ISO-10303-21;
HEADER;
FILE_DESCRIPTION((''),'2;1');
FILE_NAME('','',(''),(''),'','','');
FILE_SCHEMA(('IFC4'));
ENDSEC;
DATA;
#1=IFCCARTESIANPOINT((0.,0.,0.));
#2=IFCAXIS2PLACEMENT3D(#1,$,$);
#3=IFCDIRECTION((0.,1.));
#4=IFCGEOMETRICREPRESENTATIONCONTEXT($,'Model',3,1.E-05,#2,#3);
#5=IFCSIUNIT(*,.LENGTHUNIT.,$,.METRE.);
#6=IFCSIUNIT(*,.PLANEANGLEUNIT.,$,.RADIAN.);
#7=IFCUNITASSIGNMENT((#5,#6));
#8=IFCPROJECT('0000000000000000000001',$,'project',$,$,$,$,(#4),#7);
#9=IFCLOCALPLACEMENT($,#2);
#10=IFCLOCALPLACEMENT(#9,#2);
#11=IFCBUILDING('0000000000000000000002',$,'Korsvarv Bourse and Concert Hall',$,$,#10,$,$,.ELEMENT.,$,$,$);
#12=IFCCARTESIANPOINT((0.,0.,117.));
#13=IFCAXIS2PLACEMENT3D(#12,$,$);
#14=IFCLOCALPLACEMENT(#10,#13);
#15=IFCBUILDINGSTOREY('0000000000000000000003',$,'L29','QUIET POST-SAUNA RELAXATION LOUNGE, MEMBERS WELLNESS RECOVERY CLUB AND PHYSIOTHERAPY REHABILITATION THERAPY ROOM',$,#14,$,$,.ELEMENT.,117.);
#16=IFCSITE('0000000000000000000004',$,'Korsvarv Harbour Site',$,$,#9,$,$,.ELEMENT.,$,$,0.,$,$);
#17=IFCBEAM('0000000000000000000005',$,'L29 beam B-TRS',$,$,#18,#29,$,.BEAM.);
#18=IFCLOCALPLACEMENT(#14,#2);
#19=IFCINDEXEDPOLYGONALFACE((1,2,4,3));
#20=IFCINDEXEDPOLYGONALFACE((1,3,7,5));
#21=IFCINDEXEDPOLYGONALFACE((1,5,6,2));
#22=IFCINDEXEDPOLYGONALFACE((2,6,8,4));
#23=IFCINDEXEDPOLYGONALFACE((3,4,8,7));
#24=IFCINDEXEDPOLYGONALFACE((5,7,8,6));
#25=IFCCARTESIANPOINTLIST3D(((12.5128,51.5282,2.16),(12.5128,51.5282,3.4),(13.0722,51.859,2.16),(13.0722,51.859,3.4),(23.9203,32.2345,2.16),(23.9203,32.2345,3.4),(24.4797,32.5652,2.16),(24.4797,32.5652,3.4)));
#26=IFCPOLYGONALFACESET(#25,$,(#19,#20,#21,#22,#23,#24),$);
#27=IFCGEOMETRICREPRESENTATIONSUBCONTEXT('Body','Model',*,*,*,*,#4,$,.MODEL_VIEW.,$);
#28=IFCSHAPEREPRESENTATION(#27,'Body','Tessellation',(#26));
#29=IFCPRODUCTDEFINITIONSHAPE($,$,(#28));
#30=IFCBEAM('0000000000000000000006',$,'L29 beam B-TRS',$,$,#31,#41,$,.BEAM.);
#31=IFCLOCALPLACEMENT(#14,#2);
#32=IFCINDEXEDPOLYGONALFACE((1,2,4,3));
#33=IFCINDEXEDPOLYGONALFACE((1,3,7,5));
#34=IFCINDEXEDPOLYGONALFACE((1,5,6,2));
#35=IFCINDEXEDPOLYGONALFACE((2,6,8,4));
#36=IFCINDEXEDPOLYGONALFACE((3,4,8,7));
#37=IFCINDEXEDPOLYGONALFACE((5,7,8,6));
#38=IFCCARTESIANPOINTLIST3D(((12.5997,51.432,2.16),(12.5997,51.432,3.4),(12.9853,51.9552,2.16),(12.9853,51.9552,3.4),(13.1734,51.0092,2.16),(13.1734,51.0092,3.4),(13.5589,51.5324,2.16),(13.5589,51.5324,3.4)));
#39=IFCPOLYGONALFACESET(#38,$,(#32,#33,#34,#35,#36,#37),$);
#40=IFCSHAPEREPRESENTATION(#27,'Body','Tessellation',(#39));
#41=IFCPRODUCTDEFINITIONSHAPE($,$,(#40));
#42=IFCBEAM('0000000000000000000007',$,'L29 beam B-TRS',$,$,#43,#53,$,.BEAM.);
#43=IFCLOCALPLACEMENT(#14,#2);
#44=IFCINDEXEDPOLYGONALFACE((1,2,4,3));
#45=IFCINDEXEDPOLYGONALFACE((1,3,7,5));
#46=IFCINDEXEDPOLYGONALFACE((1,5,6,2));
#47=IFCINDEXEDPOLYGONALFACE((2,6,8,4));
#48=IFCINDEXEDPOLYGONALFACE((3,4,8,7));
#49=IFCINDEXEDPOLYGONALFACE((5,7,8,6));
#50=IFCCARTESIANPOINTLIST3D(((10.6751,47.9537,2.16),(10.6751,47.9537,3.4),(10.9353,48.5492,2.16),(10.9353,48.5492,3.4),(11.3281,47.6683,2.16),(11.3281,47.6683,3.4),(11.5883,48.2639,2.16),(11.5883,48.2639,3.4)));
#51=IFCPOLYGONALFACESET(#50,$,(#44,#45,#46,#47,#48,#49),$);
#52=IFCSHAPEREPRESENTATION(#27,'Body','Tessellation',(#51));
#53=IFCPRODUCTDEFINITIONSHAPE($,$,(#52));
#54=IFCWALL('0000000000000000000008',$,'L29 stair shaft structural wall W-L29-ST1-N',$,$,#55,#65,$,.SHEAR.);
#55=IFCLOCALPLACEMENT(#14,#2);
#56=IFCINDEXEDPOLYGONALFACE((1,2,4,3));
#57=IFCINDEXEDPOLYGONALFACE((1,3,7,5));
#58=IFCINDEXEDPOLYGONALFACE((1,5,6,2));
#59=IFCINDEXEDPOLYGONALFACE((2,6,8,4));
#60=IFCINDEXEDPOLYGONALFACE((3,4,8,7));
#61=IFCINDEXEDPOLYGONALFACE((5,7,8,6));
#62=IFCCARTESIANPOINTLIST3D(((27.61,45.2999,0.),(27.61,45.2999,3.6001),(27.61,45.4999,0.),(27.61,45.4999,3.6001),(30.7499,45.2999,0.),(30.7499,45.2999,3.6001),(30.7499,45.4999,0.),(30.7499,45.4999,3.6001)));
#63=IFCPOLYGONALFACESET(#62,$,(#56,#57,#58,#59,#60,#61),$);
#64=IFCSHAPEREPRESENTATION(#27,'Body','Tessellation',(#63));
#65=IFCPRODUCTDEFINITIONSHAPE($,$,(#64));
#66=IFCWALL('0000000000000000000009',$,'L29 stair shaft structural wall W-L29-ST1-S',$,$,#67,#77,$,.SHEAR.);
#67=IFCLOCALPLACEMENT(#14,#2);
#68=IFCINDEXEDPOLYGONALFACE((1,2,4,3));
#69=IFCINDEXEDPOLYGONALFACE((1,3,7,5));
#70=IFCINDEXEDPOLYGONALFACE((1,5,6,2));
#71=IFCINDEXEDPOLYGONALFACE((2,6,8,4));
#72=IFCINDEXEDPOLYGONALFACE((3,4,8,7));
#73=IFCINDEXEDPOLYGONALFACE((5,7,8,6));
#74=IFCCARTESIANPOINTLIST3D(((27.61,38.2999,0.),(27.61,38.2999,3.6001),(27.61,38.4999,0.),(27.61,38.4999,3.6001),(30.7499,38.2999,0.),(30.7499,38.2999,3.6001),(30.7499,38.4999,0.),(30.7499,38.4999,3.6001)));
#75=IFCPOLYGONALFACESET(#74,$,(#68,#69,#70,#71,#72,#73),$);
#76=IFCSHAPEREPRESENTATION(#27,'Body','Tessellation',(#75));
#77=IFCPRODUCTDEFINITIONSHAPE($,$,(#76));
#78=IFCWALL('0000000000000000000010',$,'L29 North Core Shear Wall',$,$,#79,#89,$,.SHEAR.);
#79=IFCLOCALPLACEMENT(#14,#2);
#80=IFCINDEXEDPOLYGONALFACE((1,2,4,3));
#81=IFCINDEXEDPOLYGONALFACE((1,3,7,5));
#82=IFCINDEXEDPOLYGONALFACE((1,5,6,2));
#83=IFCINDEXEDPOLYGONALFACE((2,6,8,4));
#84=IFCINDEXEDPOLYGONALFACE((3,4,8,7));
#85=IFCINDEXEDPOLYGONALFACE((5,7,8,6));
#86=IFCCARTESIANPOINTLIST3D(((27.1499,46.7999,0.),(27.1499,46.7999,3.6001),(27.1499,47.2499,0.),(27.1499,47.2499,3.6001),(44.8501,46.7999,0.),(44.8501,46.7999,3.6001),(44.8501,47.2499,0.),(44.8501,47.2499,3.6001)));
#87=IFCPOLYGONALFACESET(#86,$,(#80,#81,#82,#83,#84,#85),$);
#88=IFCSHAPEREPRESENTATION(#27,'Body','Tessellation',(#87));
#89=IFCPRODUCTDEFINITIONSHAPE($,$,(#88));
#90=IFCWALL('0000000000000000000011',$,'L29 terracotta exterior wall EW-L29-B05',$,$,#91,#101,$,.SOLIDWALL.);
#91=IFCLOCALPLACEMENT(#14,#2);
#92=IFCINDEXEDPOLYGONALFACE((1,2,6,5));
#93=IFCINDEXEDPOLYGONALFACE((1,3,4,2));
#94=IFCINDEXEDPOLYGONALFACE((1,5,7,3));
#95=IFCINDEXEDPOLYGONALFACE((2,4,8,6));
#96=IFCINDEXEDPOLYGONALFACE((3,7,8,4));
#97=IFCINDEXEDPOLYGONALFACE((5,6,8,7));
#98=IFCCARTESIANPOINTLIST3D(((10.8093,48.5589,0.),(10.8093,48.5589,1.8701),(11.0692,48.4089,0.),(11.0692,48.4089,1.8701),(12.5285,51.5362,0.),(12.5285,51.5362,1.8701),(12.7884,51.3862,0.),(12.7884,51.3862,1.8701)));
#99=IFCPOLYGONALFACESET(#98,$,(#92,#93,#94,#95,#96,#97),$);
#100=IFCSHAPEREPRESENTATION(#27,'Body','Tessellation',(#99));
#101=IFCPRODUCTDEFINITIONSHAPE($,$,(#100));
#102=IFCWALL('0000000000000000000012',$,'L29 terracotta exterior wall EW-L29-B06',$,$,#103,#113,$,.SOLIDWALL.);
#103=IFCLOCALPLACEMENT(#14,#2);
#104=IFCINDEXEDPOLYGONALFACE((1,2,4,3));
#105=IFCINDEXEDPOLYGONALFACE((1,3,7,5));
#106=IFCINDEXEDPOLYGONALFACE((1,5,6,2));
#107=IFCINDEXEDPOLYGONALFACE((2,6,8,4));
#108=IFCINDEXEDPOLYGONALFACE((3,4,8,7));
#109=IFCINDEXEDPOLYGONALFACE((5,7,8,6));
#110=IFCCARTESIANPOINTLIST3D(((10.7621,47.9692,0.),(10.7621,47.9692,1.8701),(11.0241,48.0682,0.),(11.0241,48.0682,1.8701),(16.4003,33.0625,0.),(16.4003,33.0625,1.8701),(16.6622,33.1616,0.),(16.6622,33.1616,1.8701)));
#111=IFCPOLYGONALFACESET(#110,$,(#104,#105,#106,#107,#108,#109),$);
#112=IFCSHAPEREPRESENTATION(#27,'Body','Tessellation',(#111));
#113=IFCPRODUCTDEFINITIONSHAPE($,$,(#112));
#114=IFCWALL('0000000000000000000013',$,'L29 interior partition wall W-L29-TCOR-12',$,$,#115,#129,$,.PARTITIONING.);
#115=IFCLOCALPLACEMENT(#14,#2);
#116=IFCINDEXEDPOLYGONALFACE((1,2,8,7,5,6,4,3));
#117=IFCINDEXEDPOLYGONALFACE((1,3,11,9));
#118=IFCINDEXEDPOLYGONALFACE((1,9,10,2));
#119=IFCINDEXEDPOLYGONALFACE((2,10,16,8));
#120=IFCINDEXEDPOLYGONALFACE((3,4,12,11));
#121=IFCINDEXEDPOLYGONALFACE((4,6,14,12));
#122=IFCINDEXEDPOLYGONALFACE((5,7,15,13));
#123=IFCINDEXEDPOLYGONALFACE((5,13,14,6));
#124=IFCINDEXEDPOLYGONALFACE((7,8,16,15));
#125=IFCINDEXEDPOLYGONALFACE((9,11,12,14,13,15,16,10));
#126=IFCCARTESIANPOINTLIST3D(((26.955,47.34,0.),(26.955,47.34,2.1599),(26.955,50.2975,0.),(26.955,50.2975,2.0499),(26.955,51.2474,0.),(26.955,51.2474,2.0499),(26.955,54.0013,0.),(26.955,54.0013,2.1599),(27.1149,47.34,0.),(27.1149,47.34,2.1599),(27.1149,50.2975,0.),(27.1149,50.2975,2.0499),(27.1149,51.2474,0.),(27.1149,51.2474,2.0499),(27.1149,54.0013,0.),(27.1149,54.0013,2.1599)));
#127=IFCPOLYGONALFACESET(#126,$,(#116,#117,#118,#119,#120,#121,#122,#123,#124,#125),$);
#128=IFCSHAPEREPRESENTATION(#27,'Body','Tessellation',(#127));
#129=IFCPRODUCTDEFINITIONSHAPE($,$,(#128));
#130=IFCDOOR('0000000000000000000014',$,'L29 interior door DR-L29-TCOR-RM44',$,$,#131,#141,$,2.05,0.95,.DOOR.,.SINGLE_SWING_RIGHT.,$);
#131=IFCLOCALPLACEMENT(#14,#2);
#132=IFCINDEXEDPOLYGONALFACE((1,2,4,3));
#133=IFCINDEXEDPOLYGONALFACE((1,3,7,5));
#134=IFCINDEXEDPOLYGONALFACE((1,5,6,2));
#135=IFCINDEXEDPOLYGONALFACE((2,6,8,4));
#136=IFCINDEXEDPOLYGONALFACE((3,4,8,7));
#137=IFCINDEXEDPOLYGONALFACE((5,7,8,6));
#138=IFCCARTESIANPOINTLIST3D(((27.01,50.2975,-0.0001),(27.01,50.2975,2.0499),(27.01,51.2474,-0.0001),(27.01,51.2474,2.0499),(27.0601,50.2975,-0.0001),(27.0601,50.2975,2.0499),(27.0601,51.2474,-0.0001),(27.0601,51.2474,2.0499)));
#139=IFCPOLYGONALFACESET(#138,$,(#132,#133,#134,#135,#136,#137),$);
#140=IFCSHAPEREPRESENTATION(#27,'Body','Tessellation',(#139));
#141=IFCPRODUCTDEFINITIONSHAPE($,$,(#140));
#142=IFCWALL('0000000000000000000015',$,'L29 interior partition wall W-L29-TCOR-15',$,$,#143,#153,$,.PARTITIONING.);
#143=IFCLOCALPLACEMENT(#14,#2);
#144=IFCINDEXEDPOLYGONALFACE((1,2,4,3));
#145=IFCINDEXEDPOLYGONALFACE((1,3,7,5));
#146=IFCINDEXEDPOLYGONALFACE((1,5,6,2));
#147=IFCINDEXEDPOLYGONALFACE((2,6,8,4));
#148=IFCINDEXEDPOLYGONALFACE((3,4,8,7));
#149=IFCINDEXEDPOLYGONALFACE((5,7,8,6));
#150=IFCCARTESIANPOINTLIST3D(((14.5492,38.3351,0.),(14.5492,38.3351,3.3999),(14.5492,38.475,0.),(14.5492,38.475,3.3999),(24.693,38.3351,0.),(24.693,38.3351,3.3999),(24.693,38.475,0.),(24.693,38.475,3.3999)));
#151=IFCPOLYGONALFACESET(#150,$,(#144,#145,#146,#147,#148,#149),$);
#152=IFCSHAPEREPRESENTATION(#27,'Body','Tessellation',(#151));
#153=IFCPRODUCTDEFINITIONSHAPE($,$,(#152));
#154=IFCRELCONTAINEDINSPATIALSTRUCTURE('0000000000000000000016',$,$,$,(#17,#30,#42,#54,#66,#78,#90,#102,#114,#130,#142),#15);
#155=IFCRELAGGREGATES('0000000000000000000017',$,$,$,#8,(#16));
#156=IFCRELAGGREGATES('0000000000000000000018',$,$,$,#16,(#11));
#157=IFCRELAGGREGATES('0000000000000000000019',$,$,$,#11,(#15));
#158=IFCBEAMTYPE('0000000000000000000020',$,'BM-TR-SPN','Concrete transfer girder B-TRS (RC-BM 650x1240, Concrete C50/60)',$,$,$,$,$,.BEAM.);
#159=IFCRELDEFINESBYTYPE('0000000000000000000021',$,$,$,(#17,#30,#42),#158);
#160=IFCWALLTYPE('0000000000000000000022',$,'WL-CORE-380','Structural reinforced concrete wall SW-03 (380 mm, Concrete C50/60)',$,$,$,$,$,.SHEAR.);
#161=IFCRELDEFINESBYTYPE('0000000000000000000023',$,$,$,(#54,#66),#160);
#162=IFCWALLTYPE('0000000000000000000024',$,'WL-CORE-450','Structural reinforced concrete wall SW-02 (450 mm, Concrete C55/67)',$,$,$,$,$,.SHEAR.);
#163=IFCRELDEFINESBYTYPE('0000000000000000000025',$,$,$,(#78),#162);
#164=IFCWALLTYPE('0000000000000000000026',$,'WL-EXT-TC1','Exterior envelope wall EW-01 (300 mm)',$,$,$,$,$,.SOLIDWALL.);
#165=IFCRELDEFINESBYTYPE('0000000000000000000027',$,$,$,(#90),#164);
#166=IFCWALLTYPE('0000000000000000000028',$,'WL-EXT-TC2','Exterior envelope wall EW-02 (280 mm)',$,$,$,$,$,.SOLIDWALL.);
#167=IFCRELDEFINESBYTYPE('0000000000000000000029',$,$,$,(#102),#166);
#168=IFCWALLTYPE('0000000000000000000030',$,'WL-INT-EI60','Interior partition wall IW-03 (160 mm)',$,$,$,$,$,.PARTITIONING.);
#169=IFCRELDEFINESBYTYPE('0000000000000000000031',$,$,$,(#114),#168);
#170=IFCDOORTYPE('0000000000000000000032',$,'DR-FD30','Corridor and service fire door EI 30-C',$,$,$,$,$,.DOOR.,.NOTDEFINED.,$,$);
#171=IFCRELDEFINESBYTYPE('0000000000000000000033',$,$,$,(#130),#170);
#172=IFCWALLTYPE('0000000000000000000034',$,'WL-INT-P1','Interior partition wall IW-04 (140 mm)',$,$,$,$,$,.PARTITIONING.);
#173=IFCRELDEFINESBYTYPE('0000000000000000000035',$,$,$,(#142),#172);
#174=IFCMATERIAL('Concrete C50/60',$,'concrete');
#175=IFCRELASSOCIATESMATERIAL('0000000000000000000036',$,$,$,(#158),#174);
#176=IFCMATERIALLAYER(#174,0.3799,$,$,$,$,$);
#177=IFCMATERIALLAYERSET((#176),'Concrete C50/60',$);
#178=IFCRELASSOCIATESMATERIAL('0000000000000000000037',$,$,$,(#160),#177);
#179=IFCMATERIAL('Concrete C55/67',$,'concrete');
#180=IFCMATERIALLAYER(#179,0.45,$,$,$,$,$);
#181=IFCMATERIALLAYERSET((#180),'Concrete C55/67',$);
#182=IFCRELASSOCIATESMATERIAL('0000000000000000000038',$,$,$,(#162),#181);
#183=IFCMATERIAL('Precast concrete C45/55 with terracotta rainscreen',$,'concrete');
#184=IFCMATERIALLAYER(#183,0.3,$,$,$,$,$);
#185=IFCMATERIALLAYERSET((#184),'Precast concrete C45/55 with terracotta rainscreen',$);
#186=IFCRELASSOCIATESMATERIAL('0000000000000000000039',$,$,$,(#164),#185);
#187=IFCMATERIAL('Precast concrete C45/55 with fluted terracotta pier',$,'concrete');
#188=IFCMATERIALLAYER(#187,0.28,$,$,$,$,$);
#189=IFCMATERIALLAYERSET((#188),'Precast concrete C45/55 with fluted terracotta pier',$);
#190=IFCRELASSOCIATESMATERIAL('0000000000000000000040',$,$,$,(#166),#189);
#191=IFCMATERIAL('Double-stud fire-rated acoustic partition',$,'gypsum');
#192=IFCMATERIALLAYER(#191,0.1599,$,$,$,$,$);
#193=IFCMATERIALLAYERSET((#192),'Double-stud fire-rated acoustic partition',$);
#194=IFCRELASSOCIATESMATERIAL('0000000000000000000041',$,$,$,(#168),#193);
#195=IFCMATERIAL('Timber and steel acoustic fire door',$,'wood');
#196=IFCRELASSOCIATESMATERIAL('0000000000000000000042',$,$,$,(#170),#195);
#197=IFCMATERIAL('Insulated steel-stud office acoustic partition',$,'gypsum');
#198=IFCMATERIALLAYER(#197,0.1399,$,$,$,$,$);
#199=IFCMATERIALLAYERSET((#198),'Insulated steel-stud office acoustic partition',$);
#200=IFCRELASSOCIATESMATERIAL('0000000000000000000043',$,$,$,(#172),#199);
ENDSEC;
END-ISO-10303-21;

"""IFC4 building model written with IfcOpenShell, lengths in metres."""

from ifc_helpers import new_model, si_unit, direction, frame, frame_2d, origin, origin_2d, place, context, subcontext, project, spatial, rectangle, extrude, source, transform, mapped, material, layer, layer_set, material_profile, profile_set, type_object, element, fill, save


model = new_model("IFC4")

# Units and contexts
model_context = context("Model", 3, precision=1e-05, world=origin(), true_north=direction((0.0, 1.0)))
body_context = subcontext(model_context, "Body", "Model", "MODEL_VIEW")
ifc_project = project(units=[si_unit("LENGTHUNIT", "METRE"), si_unit("PLANEANGLEUNIT", "RADIAN")], contexts=[model_context])

# Site, building, storey
site_placement = place(None, origin())
site = spatial("IfcSite", under=ifc_project, at=site_placement, Name="Korsvarv Harbour Site", CompositionType="ELEMENT", RefElevation=0.0)
building_placement = place(site_placement, origin())
building = spatial("IfcBuilding", under=site, at=building_placement, Name="Korsvarv Bourse and Concert Hall", CompositionType="ELEMENT")
storey_placement = place(building_placement, frame((0.0, 0.0, 117.0)))
storey = spatial("IfcBuildingStorey", under=building, at=storey_placement, Name="L29", Description="QUIET POST-SAUNA RELAXATION LOUNGE, MEMBERS WELLNESS RECOVERY CLUB AND PHYSIOTHERAPY REHABILITATION THERAPY ROOM", CompositionType="ELEMENT", Elevation=117.0)

# Beams
ifc_material_1 = material(Name="Concrete C50/60", Category="concrete")
ifc_material_profile_1 = material_profile(ifc_material_1, rectangle(XDim=0.6499, YDim=1.24, at=origin_2d()), Name="RC-BM 650x1240")
ifc_profile_set_1 = profile_set([ifc_material_profile_1], Name="Concrete C50/60")
beam_type_1 = type_object("IfcBeamType", Name="BM-TR-SPN", Description="Concrete transfer girder B-TRS (RC-BM 650x1240, Concrete C50/60)", PredefinedType="BEAM", material=ifc_profile_set_1)
shared_shape_1 = source(origin(), body_context, "Body", "SweptSolid", [
    extrude(rectangle(XDim=0.6499, YDim=1.24, at=origin_2d()), origin(), (0.0, 0.0, 1.0), 22.4138),
])
beam_1_placement = place(storey_placement, frame((12.7925, 51.6936, 2.78), z_axis=(0.508949, -0.860797, 0.0), x_axis=(0.860797, 0.508949, 0.0)))
element("IfcBeam", 1, at=beam_1_placement, inside=storey, type_object=beam_type_1, Name="L29 beam B-TRS", PredefinedType="BEAM", context=body_context, shape_type="MappedRepresentation", body=[
    mapped(shared_shape_1, transform((0.0, 0.0, 0.0), scale=1.0)),
])
shared_shape_2 = source(origin(), body_context, "Body", "SweptSolid", [
    extrude(rectangle(XDim=0.6499, YDim=1.24, at=origin_2d()), origin(), (0.0, 0.0, 1.0), 0.7126),
])
for number, where, z_axis, x_axis, name in (
    (2, (12.7925, 51.6936, 2.78), (0.804987, -0.593293, 0.0), (0.593293, 0.804987, 0.0), "L29 beam B-TRS"),
    (3, (10.8052, 48.2515, 2.78), (0.916322, -0.400441, 0.0), (0.400441, 0.916322, 0.0), "L29 beam B-TRS"),
):
    element("IfcBeam", number, at=place(storey_placement, frame(where, z_axis=z_axis, x_axis=x_axis)), inside=storey, type_object=beam_type_1, Name=name, PredefinedType="BEAM", context=body_context, shape_type="MappedRepresentation", body=[
        mapped(shared_shape_2, transform((0.0, 0.0, 0.0), scale=1.0)),
    ])

# Walls
ifc_layer_1 = layer(ifc_material_1, 0.3799)
ifc_layer_set_1 = layer_set([ifc_layer_1], Name="Concrete C50/60")
wall_type_1 = type_object("IfcWallType", Name="WL-CORE-380", Description="Structural reinforced concrete wall SW-03 (380 mm, Concrete C50/60)", PredefinedType="SHEAR", material=ifc_layer_set_1)
for number, where, z_axis, x_axis, name in (
    (4, (27.6101, 45.3999, 0.0), (0.0, 0.0, 1.0), (1.0, 0.0, 0.0), "L29 stair shaft structural wall W-L29-ST1-N"),
    (5, (27.6101, 38.3999, 0.0), (0.0, 0.0, 1.0), (1.0, 0.0, 0.0), "L29 stair shaft structural wall W-L29-ST1-S"),
):
    element("IfcWall", number, at=place(storey_placement, frame(where, z_axis=z_axis, x_axis=x_axis)), inside=storey, type_object=wall_type_1, Name=name, PredefinedType="SHEAR", context=body_context, shape_type="SweptSolid", body=[
        extrude(rectangle(XDim=3.1399, YDim=0.2, at=frame_2d((1.5698, 0.0))), origin(), (0.0, 0.0, 1.0), 3.6001),
    ])
ifc_material_2 = material(Name="Concrete C55/67", Category="concrete")
ifc_layer_2 = layer(ifc_material_2, 0.45)
ifc_layer_set_2 = layer_set([ifc_layer_2], Name="Concrete C55/67")
wall_type_2 = type_object("IfcWallType", Name="WL-CORE-450", Description="Structural reinforced concrete wall SW-02 (450 mm, Concrete C55/67)", PredefinedType="SHEAR", material=ifc_layer_set_2)
wall_1_placement = place(storey_placement, frame((27.1499, 47.0249, 0.0), z_axis=(0.0, 0.0, 1.0), x_axis=(1.0, 0.0, 0.0)))
element("IfcWall", 6, at=wall_1_placement, inside=storey, type_object=wall_type_2, Name="L29 North Core Shear Wall", PredefinedType="SHEAR", context=body_context, shape_type="SweptSolid", body=[
    extrude(rectangle(XDim=17.7002, YDim=0.45, at=frame_2d((8.8501, 0.0))), origin(), (0.0, 0.0, 1.0), 3.6001),
])
ifc_material_3 = material(Name="Precast concrete C45/55 with terracotta rainscreen", Category="concrete")
ifc_layer_3 = layer(ifc_material_3, 0.3)
ifc_layer_set_3 = layer_set([ifc_layer_3], Name="Precast concrete C45/55 with terracotta rainscreen")
wall_type_3 = type_object("IfcWallType", Name="WL-EXT-TC1", Description="Exterior envelope wall EW-01 (300 mm)", PredefinedType="SOLIDWALL", material=ifc_layer_set_3)
wall_2_placement = place(storey_placement, frame((12.6584, 51.4612, 0.0), z_axis=(0.0, 0.0, 1.0), x_axis=(-0.500065, -0.865988, 0.0)))
element("IfcWall", 7, at=wall_2_placement, inside=storey, type_object=wall_type_3, Name="L29 terracotta exterior wall EW-L29-B05", PredefinedType="SOLIDWALL", context=body_context, shape_type="SweptSolid", body=[
    extrude(rectangle(XDim=3.438, YDim=0.3, at=frame_2d((1.719, 0.0))), origin(), (0.0, 0.0, 1.0), 1.8701),
])
ifc_material_4 = material(Name="Precast concrete C45/55 with fluted terracotta pier", Category="concrete")
ifc_layer_4 = layer(ifc_material_4, 0.28)
ifc_layer_set_4 = layer_set([ifc_layer_4], Name="Precast concrete C45/55 with fluted terracotta pier")
wall_type_4 = type_object("IfcWallType", Name="WL-EXT-TC2", Description="Exterior envelope wall EW-02 (280 mm)", PredefinedType="SOLIDWALL", material=ifc_layer_set_4)
wall_3_placement = place(storey_placement, frame((10.8931, 48.0188, 0.0), z_axis=(0.0, 0.0, 1.0), x_axis=(0.353771, -0.935332, 0.0)))
element("IfcWall", 8, at=wall_3_placement, inside=storey, type_object=wall_type_4, Name="L29 terracotta exterior wall EW-L29-B06", PredefinedType="SOLIDWALL", context=body_context, shape_type="SweptSolid", body=[
    extrude(rectangle(XDim=15.9373, YDim=0.28, at=frame_2d((7.9688, 0.0))), origin(), (0.0, 0.0, 1.0), 1.8701),
])

# Wall, opening, door
ifc_material_5 = material(Name="Double-stud fire-rated acoustic partition", Category="gypsum")
ifc_layer_5 = layer(ifc_material_5, 0.1599)
ifc_layer_set_5 = layer_set([ifc_layer_5], Name="Double-stud fire-rated acoustic partition")
wall_type_5 = type_object("IfcWallType", Name="WL-INT-EI60", Description="Interior partition wall IW-03 (160 mm)", PredefinedType="PARTITIONING", material=ifc_layer_set_5)
wall_4_placement = place(storey_placement, frame((27.0349, 47.3401, 0.0), z_axis=(0.0, 0.0, 1.0), x_axis=(0.0, 1.0, 0.0)))
wall_4 = element("IfcWall", 9, at=wall_4_placement, inside=storey, type_object=wall_type_5, Name="L29 interior partition wall W-L29-TCOR-12", PredefinedType="PARTITIONING", context=body_context, shape_type="SweptSolid", body=[
    extrude(rectangle(XDim=6.6614, YDim=0.1599, at=frame_2d((3.3306, 0.0))), origin(), (0.0, 0.0, 1.0), 2.1599),
])
opening_placement = place(wall_4_placement, frame((2.9573, 0.0, 0.0)))
opening = element("IfcOpeningElement", 10, at=opening_placement, cuts=wall_4, PredefinedType="OPENING", context=body_context, shape_type="SweptSolid", body=[
    extrude(rectangle(XDim=0.95, YDim=2.05, at=frame_2d((0.4751, 1.0249))), frame((0.0, 0.0898, 0.0), z_axis=(0.0, -1.0, 0.0), x_axis=(1.0, 0.0, 0.0)), (0.0, 0.0, 1.0), 0.1799),
])
ifc_material_6 = material(Name="Timber and steel acoustic fire door", Category="wood")
door_type = type_object("IfcDoorType", Name="DR-FD30", Description="Corridor and service fire door EI 30-C", OperationType="NOTDEFINED", PredefinedType="DOOR", material=ifc_material_6)
door_placement = place(opening_placement, origin())
door = element("IfcDoor", 11, at=door_placement, inside=storey, type_object=door_type, Name="L29 interior door DR-L29-TCOR-RM44", OperationType="SINGLE_SWING_RIGHT", OverallHeight=2.05, OverallWidth=0.95, PredefinedType="DOOR", context=body_context, shape_type="SweptSolid", body=[
    extrude(rectangle(XDim=0.95, YDim=2.05, at=frame_2d((0.4751, 1.0249))), frame((0.0, 0.0249, 0.0), z_axis=(0.0, -1.0, 0.0), x_axis=(1.0, 0.0, 0.0)), (0.0, 0.0, 1.0), 0.05),
])
fill(opening, door)

# Wall
ifc_material_7 = material(Name="Insulated steel-stud office acoustic partition", Category="gypsum")
ifc_layer_6 = layer(ifc_material_7, 0.1399)
ifc_layer_set_6 = layer_set([ifc_layer_6], Name="Insulated steel-stud office acoustic partition")
wall_type_6 = type_object("IfcWallType", Name="WL-INT-P1", Description="Interior partition wall IW-04 (140 mm)", PredefinedType="PARTITIONING", material=ifc_layer_set_6)
wall_5_placement = place(storey_placement, frame((14.5493, 38.405, 0.0), z_axis=(0.0, 0.0, 1.0), x_axis=(1.0, 0.0, 0.0)))
element("IfcWall", 12, at=wall_5_placement, inside=storey, type_object=wall_type_6, Name="L29 interior partition wall W-L29-TCOR-15", PredefinedType="PARTITIONING", context=body_context, shape_type="SweptSolid", body=[
    extrude(rectangle(XDim=10.1438, YDim=0.1399, at=frame_2d((5.0718, 0.0))), origin(), (0.0, 0.0, 1.0), 3.3999),
])

save(model, "model.ifc")
